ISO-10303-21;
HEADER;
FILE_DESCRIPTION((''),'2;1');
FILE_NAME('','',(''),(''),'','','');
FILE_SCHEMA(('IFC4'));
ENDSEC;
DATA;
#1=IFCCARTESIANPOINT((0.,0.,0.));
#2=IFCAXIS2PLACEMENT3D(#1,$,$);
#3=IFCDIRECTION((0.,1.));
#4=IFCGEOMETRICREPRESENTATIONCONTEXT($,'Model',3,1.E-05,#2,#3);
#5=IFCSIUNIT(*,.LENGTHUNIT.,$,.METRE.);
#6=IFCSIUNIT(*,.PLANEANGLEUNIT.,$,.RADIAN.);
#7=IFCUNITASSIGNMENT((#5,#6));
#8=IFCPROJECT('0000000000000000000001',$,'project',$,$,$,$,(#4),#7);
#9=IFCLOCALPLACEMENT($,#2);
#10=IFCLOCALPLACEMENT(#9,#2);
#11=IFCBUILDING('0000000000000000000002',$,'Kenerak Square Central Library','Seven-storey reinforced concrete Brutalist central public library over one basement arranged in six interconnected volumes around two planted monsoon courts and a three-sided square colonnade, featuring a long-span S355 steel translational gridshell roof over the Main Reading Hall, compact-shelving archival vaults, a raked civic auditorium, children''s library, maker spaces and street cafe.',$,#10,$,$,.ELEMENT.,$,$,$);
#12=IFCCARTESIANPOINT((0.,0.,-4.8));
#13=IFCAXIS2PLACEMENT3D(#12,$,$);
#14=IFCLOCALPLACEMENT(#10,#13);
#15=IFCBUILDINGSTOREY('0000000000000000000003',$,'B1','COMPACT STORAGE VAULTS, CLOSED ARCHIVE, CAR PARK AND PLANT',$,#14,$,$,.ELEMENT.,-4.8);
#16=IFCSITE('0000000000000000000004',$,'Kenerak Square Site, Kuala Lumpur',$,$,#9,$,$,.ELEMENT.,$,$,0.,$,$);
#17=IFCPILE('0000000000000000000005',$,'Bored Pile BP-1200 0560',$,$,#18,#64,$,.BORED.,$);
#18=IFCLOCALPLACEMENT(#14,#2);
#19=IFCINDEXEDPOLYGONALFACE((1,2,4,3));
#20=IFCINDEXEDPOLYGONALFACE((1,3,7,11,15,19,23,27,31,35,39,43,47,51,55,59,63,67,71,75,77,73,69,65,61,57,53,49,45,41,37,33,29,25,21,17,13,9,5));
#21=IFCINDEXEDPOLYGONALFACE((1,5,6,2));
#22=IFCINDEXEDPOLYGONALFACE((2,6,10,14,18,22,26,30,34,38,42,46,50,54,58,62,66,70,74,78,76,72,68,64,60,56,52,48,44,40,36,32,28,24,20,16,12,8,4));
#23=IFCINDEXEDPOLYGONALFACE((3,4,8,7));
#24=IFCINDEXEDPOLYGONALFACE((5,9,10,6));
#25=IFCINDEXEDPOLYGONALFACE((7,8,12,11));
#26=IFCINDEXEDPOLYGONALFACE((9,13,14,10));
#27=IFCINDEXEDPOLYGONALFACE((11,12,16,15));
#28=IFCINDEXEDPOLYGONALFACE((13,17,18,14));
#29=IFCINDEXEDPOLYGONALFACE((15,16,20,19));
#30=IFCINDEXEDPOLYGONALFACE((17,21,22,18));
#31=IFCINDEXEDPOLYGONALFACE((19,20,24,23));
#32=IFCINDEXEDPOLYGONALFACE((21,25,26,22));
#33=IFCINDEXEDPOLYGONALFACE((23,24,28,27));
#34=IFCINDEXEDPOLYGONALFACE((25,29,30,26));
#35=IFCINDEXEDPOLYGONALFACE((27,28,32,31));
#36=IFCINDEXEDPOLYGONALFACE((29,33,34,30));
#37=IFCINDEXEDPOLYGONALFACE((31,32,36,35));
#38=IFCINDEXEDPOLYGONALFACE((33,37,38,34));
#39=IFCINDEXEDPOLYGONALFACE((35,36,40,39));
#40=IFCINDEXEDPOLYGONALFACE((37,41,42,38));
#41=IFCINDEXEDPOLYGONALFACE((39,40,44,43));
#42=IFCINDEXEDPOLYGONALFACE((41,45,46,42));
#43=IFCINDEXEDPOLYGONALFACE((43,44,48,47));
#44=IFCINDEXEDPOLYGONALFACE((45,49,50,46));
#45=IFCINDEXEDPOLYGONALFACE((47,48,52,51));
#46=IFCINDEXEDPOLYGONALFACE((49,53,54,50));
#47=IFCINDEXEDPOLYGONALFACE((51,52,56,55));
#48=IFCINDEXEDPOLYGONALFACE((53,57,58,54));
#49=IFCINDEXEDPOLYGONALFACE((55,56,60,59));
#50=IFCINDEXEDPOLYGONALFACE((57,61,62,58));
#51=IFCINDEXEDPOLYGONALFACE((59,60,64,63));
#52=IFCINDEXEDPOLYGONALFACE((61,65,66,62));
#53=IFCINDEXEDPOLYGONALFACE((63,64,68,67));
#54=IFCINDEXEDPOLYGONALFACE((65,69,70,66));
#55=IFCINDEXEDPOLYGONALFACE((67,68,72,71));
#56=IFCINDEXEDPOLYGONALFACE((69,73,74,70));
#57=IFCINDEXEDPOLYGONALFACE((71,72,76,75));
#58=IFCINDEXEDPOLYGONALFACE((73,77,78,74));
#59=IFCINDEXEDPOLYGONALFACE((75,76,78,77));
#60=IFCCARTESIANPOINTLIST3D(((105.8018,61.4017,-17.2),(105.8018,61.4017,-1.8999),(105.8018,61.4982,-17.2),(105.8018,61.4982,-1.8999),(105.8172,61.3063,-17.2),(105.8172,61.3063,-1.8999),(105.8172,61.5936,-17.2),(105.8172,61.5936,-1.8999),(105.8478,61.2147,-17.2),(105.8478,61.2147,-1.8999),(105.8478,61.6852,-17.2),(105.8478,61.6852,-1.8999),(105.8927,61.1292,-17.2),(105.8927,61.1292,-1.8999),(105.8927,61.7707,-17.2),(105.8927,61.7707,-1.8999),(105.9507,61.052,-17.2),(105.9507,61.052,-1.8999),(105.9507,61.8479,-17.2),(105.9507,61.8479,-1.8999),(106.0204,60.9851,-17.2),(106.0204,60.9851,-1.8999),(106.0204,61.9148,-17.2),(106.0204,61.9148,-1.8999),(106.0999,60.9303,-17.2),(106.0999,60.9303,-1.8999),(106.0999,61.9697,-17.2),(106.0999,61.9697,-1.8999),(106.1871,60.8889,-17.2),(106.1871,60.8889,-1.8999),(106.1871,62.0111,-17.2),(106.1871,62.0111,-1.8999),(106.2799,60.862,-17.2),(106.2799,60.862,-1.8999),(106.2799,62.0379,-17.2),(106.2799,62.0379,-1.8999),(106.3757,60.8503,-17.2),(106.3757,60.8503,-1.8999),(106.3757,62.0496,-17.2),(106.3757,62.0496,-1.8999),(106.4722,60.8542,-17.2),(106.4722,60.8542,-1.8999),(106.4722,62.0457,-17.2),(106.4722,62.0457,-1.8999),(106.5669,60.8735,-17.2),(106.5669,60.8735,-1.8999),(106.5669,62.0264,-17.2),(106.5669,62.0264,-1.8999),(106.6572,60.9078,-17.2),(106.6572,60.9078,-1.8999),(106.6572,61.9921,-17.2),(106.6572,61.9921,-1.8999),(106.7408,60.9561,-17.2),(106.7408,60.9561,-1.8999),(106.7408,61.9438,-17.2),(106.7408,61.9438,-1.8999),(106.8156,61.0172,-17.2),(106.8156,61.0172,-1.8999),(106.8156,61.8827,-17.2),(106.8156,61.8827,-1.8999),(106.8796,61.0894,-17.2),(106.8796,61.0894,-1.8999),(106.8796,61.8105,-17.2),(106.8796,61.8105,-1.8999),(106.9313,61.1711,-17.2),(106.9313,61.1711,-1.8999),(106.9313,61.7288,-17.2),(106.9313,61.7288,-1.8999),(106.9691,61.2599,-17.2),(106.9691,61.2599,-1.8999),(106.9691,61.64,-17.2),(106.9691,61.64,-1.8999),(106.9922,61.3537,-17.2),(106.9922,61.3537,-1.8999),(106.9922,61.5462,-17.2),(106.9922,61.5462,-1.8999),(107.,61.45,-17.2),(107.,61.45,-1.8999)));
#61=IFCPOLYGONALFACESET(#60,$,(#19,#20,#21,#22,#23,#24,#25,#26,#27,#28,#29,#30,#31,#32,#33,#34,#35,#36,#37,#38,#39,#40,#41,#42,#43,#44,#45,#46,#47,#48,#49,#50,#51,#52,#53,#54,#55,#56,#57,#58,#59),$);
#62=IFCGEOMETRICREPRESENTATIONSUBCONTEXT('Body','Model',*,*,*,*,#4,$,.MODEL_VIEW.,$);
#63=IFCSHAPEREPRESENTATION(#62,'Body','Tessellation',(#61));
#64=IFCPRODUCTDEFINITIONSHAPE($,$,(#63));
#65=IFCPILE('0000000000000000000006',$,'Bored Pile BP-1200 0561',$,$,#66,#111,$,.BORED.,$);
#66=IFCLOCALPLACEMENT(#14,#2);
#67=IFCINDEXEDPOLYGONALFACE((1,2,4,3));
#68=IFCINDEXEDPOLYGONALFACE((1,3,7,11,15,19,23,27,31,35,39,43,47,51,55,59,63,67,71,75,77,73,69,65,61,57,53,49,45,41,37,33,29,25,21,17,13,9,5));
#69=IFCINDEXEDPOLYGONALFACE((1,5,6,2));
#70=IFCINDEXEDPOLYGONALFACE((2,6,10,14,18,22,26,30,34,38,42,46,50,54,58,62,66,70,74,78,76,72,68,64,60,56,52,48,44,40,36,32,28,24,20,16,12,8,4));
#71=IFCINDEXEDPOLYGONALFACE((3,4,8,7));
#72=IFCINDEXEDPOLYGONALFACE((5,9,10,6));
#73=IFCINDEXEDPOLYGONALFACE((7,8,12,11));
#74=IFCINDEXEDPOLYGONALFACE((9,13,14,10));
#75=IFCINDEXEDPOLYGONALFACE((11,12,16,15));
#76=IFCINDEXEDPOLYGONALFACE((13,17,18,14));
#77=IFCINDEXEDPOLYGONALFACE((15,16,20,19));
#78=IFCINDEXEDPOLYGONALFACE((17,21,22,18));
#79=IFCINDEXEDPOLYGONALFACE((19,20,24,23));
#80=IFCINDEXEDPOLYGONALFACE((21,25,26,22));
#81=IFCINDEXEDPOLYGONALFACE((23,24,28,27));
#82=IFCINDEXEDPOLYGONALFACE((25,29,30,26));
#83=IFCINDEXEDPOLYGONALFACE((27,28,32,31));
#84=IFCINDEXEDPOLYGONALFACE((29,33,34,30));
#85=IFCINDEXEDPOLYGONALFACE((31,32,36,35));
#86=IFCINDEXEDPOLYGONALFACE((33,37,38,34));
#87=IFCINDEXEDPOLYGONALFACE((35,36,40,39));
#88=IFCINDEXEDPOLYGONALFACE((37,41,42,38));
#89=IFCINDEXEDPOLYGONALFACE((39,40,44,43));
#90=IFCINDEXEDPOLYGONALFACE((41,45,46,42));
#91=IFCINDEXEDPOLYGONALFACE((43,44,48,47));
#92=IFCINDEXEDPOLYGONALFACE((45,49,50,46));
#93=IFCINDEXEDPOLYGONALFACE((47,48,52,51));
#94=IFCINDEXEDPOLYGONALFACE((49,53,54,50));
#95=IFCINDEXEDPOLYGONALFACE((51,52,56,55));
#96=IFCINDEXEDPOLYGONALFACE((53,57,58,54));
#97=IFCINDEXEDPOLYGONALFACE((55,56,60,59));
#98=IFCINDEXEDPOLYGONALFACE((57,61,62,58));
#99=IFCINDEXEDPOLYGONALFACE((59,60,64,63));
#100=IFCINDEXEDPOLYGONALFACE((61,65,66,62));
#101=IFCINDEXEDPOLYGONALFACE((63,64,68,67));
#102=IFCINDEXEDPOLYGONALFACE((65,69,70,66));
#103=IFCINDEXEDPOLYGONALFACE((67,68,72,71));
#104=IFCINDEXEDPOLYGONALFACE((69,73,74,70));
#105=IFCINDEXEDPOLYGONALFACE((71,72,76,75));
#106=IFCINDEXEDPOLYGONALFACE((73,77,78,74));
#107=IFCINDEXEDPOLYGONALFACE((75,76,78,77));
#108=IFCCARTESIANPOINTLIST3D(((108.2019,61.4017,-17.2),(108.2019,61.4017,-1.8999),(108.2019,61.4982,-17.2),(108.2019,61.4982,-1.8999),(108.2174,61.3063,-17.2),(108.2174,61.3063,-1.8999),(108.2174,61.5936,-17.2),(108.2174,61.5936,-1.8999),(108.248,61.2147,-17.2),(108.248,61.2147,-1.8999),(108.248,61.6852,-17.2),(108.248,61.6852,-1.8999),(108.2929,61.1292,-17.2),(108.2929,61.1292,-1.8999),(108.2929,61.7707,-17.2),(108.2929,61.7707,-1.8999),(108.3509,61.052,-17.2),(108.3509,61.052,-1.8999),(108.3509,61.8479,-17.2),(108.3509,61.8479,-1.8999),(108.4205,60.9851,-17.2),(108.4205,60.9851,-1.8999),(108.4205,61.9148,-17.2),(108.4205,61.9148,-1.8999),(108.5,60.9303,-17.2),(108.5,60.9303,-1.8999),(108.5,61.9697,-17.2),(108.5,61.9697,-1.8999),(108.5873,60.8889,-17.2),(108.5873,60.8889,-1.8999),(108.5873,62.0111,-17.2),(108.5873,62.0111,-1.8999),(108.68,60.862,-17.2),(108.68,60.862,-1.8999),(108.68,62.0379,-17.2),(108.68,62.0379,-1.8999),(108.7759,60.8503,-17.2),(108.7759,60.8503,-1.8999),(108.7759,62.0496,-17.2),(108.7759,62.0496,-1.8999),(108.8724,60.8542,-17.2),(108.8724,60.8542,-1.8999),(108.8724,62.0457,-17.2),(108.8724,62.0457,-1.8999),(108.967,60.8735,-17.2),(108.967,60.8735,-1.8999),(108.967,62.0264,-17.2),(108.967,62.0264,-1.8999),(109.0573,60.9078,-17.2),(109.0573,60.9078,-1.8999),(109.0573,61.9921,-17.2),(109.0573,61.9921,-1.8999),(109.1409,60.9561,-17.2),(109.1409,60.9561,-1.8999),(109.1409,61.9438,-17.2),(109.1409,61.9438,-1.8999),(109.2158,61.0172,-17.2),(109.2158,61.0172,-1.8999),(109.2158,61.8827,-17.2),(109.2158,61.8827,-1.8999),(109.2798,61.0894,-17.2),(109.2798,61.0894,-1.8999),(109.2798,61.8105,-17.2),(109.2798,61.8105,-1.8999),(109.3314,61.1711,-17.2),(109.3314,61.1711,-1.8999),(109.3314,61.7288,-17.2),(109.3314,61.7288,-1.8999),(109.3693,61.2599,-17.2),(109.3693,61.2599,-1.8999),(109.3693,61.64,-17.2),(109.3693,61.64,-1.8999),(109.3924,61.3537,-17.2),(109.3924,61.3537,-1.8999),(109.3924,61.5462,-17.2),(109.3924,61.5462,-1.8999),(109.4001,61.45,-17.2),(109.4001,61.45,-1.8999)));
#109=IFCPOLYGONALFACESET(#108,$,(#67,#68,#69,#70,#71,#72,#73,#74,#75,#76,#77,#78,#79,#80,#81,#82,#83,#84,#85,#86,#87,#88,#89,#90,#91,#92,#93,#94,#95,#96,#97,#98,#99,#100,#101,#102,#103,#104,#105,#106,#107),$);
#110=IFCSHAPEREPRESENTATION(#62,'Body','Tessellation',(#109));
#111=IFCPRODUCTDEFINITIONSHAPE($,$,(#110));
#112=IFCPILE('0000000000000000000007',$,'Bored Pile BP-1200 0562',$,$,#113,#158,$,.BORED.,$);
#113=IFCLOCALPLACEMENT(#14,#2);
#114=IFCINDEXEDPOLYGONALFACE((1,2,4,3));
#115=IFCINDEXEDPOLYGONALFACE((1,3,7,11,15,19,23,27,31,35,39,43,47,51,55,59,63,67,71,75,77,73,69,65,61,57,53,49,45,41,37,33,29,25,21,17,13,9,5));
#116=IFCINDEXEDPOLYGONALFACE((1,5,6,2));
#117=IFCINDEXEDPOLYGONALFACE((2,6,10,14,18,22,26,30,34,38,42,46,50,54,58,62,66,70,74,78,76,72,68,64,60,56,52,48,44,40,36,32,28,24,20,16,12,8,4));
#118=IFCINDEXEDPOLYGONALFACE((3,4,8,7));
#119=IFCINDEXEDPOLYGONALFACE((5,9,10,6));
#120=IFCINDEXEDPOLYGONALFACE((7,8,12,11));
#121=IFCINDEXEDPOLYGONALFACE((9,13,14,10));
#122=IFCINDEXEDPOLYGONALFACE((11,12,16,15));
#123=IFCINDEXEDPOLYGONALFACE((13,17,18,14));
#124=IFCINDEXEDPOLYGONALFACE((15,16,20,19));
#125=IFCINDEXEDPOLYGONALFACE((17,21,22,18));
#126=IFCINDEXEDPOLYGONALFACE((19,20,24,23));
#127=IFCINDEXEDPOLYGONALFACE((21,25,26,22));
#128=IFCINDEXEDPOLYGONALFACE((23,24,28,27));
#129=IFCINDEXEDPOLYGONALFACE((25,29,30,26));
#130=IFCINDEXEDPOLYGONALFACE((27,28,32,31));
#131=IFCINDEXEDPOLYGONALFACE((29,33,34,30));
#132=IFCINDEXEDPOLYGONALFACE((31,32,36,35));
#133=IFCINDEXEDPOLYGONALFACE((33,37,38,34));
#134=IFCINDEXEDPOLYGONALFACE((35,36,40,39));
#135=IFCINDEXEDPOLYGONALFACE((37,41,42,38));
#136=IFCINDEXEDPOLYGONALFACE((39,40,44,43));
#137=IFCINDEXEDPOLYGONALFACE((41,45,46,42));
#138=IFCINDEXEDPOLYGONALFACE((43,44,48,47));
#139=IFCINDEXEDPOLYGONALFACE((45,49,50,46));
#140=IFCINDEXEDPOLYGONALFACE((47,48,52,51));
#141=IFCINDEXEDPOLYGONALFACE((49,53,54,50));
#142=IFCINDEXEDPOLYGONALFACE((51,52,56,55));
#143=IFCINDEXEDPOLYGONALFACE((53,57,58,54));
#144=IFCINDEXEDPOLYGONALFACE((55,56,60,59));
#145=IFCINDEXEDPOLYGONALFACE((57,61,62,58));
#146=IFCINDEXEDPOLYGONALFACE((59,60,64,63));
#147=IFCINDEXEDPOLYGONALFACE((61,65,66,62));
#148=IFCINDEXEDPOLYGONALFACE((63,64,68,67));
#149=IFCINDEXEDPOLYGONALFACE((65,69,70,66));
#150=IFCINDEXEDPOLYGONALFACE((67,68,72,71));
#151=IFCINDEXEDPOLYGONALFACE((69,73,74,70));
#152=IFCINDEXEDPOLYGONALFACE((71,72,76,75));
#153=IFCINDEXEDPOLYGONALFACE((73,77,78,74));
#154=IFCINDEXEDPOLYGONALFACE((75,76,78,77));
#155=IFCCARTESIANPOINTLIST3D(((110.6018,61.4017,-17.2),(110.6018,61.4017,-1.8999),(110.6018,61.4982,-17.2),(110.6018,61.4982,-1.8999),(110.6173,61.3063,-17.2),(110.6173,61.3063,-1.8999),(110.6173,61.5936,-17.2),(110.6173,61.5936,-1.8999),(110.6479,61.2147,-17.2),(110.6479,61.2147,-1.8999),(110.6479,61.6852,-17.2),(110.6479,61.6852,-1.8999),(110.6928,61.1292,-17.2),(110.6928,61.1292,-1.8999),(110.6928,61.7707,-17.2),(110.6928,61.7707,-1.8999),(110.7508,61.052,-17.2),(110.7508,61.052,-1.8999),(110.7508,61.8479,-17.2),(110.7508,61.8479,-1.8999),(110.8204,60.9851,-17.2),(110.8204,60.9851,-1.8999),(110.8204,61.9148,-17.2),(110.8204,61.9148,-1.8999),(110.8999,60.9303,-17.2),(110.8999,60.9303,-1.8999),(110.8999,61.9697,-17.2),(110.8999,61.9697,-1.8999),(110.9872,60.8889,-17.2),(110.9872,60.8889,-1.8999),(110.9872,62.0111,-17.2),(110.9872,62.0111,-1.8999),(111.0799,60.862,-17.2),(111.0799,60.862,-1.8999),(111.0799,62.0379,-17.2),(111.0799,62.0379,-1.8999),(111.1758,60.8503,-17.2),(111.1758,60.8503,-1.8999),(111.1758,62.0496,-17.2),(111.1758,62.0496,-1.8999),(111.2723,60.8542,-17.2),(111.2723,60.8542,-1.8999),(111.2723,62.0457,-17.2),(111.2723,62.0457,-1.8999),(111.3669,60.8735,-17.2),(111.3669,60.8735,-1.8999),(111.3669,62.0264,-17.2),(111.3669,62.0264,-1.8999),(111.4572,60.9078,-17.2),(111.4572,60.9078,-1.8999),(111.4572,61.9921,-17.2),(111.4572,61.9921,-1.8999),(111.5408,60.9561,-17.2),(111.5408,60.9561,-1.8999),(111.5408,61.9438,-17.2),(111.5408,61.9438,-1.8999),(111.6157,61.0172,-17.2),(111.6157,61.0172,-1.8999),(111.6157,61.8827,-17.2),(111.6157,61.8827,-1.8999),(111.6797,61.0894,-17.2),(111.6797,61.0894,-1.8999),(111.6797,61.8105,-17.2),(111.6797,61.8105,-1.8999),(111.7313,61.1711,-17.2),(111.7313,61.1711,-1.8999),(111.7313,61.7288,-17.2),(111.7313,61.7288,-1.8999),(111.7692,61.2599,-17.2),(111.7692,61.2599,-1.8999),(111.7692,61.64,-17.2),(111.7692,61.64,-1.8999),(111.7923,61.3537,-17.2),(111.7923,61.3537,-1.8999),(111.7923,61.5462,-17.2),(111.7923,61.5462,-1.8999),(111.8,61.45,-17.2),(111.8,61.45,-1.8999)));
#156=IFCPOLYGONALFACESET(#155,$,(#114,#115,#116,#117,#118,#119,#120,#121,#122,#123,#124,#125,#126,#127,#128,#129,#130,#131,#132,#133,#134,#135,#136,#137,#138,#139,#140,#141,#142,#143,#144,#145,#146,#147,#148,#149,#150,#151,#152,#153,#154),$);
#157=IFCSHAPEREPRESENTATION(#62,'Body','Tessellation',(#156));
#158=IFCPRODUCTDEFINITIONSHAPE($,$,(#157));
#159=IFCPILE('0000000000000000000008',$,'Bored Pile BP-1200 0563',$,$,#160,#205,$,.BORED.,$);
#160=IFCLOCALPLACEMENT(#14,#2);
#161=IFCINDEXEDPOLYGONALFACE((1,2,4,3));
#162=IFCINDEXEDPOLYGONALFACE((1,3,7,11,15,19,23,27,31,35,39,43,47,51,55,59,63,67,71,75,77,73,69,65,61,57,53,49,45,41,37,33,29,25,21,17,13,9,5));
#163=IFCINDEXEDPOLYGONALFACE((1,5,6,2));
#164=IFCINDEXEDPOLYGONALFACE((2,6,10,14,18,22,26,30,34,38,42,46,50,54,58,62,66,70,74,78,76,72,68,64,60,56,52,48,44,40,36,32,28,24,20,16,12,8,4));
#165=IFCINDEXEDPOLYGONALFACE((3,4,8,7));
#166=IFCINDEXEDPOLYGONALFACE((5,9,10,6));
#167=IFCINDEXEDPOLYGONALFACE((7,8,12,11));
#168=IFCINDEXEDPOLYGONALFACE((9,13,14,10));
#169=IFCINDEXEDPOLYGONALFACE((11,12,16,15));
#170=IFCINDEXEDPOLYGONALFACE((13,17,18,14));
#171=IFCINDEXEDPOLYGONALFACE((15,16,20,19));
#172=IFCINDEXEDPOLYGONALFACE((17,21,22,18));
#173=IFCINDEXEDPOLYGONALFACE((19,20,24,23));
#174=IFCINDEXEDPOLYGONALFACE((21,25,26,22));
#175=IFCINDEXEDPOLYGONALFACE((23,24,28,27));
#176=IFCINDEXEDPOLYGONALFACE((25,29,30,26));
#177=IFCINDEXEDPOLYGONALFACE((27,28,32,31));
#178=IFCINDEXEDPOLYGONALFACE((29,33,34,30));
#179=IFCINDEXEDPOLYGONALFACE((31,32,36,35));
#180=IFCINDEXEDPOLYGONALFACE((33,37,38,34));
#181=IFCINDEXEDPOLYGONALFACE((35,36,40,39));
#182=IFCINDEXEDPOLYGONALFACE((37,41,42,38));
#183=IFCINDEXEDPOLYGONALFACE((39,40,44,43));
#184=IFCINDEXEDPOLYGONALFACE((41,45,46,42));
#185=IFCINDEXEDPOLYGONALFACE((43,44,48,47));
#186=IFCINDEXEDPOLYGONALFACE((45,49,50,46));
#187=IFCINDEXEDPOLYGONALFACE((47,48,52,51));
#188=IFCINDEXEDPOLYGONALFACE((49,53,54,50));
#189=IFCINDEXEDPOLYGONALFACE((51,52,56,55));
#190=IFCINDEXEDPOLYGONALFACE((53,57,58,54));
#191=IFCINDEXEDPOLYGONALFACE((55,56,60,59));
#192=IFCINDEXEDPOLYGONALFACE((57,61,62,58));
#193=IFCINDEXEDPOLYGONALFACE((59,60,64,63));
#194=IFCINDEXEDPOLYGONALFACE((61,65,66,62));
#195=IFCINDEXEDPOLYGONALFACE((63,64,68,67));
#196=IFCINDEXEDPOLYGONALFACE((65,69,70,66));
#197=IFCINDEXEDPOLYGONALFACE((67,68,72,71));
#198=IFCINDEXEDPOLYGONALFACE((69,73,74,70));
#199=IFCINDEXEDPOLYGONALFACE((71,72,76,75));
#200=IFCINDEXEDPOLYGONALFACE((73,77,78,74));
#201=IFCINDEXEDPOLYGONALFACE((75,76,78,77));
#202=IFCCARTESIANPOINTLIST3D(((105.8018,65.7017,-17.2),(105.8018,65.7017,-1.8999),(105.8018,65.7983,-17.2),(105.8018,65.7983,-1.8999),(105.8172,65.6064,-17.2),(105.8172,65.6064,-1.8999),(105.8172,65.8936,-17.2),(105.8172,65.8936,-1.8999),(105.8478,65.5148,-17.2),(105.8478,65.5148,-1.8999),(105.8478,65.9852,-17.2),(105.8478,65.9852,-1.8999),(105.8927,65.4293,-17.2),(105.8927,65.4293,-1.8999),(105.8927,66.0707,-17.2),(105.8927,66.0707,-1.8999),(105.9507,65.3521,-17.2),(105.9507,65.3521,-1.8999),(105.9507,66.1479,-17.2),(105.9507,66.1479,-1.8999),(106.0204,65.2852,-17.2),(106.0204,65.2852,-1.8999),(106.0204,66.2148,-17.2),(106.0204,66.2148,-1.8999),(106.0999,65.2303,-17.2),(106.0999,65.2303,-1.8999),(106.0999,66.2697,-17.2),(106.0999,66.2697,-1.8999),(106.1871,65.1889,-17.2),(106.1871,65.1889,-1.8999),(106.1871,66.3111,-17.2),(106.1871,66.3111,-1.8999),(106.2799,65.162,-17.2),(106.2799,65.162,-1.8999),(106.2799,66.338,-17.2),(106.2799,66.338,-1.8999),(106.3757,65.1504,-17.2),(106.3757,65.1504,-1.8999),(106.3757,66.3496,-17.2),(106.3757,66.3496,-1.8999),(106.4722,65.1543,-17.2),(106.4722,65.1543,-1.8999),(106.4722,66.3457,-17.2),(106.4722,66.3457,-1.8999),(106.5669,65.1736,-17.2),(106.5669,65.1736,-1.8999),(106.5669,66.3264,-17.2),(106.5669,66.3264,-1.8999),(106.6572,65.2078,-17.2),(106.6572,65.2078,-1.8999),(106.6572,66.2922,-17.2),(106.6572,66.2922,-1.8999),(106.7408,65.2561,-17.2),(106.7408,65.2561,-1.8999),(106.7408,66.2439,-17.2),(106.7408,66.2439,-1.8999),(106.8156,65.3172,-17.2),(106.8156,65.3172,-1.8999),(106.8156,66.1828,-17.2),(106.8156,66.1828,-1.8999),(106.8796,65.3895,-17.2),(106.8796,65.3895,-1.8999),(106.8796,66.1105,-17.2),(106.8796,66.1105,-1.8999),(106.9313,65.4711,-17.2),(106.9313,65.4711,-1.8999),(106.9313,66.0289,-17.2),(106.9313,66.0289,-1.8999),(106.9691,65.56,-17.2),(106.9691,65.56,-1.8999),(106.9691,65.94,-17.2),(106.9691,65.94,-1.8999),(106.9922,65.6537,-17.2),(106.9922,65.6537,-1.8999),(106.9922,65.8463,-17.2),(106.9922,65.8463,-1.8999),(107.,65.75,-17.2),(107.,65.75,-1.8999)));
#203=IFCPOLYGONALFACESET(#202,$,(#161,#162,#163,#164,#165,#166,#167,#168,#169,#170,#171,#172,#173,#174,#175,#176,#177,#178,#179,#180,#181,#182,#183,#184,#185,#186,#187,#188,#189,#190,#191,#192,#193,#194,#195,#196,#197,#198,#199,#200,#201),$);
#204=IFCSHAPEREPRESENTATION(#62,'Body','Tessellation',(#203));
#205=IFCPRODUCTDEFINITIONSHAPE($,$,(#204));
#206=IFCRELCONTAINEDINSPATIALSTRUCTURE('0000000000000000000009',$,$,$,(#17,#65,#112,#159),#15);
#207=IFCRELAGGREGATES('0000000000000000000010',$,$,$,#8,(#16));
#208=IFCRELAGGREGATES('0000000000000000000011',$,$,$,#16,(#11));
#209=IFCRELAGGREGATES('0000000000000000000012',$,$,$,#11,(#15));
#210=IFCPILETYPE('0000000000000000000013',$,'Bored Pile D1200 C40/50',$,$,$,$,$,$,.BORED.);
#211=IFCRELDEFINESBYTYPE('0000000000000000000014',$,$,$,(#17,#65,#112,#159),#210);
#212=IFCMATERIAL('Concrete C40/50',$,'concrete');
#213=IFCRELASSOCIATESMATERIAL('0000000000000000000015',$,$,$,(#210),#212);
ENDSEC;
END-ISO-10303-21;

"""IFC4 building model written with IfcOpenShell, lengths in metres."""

from ifc_helpers import new_model, si_unit, direction, frame, origin, origin_2d, place, context, subcontext, project, spatial, circle, extrude, material, material_profile, profile_set, type_object, element, save


model = new_model("IFC4")

# Units and contexts
model_context = context("Model", 3, precision=1e-05, world=origin(), true_north=direction((0.0, 1.0)))
body_context = subcontext(model_context, "Body", "Model", "MODEL_VIEW")
ifc_project = project(units=[si_unit("LENGTHUNIT", "METRE"), si_unit("PLANEANGLEUNIT", "RADIAN")], contexts=[model_context])

# Site, building, storey
site_placement = place(None, origin())
site = spatial("IfcSite", under=ifc_project, at=site_placement, Name="Kenerak Square Site, Kuala Lumpur", CompositionType="ELEMENT", RefElevation=0.0)
building_placement = place(site_placement, origin())
building = spatial("IfcBuilding", under=site, at=building_placement, Name="Kenerak Square Central Library", Description="Seven-storey reinforced concrete Brutalist central public library over one basement arranged in six interconnected volumes around two planted monsoon courts and a three-sided square colonnade, featuring a long-span S355 steel translational gridshell roof over the Main Reading Hall, compact-shelving archival vaults, a raked civic auditorium, children's library, maker spaces and street cafe.", CompositionType="ELEMENT")
storey_placement = place(building_placement, frame((0.0, 0.0, -4.8)))
storey = spatial("IfcBuildingStorey", under=building, at=storey_placement, Name="B1", Description="COMPACT STORAGE VAULTS, CLOSED ARCHIVE, CAR PARK AND PLANT", CompositionType="ELEMENT", Elevation=-4.8)

# Piles
ifc_material_1 = material(Name="Concrete C40/50", Category="concrete")
ifc_material_profile_1 = material_profile(ifc_material_1, circle(Radius=0.6001, at=origin_2d()), Name="BP D1200")
ifc_profile_set_1 = profile_set([ifc_material_profile_1], Name="Concrete C40/50")
pile_type = type_object("IfcPileType", Name="Bored Pile D1200 C40/50", PredefinedType="BORED", material=ifc_profile_set_1)
for number, where, z_axis, x_axis, name in (
    (1, (106.3999, 61.45, -1.8999), (0.0, 0.0, -1.0), (1.0, 0.0, 0.0), "Bored Pile BP-1200 0560"),
    (2, (108.8, 61.45, -1.8999), (0.0, 0.0, -1.0), (1.0, 0.0, 0.0), "Bored Pile BP-1200 0561"),
    (3, (111.2, 61.45, -1.8999), (0.0, 0.0, -1.0), (1.0, 0.0, 0.0), "Bored Pile BP-1200 0562"),
    (4, (106.3999, 65.75, -1.8999), (0.0, 0.0, -1.0), (1.0, 0.0, 0.0), "Bored Pile BP-1200 0563"),
):
    element("IfcPile", number, at=place(storey_placement, frame(where, z_axis=z_axis, x_axis=x_axis)), inside=storey, type_object=pile_type, Name=name, PredefinedType="BORED", context=body_context, shape_type="SweptSolid", body=[
        extrude(circle(Radius=0.6001, at=origin_2d()), origin(), (0.0, 0.0, 1.0), 15.3),
    ])

save(model, "model.ifc")
